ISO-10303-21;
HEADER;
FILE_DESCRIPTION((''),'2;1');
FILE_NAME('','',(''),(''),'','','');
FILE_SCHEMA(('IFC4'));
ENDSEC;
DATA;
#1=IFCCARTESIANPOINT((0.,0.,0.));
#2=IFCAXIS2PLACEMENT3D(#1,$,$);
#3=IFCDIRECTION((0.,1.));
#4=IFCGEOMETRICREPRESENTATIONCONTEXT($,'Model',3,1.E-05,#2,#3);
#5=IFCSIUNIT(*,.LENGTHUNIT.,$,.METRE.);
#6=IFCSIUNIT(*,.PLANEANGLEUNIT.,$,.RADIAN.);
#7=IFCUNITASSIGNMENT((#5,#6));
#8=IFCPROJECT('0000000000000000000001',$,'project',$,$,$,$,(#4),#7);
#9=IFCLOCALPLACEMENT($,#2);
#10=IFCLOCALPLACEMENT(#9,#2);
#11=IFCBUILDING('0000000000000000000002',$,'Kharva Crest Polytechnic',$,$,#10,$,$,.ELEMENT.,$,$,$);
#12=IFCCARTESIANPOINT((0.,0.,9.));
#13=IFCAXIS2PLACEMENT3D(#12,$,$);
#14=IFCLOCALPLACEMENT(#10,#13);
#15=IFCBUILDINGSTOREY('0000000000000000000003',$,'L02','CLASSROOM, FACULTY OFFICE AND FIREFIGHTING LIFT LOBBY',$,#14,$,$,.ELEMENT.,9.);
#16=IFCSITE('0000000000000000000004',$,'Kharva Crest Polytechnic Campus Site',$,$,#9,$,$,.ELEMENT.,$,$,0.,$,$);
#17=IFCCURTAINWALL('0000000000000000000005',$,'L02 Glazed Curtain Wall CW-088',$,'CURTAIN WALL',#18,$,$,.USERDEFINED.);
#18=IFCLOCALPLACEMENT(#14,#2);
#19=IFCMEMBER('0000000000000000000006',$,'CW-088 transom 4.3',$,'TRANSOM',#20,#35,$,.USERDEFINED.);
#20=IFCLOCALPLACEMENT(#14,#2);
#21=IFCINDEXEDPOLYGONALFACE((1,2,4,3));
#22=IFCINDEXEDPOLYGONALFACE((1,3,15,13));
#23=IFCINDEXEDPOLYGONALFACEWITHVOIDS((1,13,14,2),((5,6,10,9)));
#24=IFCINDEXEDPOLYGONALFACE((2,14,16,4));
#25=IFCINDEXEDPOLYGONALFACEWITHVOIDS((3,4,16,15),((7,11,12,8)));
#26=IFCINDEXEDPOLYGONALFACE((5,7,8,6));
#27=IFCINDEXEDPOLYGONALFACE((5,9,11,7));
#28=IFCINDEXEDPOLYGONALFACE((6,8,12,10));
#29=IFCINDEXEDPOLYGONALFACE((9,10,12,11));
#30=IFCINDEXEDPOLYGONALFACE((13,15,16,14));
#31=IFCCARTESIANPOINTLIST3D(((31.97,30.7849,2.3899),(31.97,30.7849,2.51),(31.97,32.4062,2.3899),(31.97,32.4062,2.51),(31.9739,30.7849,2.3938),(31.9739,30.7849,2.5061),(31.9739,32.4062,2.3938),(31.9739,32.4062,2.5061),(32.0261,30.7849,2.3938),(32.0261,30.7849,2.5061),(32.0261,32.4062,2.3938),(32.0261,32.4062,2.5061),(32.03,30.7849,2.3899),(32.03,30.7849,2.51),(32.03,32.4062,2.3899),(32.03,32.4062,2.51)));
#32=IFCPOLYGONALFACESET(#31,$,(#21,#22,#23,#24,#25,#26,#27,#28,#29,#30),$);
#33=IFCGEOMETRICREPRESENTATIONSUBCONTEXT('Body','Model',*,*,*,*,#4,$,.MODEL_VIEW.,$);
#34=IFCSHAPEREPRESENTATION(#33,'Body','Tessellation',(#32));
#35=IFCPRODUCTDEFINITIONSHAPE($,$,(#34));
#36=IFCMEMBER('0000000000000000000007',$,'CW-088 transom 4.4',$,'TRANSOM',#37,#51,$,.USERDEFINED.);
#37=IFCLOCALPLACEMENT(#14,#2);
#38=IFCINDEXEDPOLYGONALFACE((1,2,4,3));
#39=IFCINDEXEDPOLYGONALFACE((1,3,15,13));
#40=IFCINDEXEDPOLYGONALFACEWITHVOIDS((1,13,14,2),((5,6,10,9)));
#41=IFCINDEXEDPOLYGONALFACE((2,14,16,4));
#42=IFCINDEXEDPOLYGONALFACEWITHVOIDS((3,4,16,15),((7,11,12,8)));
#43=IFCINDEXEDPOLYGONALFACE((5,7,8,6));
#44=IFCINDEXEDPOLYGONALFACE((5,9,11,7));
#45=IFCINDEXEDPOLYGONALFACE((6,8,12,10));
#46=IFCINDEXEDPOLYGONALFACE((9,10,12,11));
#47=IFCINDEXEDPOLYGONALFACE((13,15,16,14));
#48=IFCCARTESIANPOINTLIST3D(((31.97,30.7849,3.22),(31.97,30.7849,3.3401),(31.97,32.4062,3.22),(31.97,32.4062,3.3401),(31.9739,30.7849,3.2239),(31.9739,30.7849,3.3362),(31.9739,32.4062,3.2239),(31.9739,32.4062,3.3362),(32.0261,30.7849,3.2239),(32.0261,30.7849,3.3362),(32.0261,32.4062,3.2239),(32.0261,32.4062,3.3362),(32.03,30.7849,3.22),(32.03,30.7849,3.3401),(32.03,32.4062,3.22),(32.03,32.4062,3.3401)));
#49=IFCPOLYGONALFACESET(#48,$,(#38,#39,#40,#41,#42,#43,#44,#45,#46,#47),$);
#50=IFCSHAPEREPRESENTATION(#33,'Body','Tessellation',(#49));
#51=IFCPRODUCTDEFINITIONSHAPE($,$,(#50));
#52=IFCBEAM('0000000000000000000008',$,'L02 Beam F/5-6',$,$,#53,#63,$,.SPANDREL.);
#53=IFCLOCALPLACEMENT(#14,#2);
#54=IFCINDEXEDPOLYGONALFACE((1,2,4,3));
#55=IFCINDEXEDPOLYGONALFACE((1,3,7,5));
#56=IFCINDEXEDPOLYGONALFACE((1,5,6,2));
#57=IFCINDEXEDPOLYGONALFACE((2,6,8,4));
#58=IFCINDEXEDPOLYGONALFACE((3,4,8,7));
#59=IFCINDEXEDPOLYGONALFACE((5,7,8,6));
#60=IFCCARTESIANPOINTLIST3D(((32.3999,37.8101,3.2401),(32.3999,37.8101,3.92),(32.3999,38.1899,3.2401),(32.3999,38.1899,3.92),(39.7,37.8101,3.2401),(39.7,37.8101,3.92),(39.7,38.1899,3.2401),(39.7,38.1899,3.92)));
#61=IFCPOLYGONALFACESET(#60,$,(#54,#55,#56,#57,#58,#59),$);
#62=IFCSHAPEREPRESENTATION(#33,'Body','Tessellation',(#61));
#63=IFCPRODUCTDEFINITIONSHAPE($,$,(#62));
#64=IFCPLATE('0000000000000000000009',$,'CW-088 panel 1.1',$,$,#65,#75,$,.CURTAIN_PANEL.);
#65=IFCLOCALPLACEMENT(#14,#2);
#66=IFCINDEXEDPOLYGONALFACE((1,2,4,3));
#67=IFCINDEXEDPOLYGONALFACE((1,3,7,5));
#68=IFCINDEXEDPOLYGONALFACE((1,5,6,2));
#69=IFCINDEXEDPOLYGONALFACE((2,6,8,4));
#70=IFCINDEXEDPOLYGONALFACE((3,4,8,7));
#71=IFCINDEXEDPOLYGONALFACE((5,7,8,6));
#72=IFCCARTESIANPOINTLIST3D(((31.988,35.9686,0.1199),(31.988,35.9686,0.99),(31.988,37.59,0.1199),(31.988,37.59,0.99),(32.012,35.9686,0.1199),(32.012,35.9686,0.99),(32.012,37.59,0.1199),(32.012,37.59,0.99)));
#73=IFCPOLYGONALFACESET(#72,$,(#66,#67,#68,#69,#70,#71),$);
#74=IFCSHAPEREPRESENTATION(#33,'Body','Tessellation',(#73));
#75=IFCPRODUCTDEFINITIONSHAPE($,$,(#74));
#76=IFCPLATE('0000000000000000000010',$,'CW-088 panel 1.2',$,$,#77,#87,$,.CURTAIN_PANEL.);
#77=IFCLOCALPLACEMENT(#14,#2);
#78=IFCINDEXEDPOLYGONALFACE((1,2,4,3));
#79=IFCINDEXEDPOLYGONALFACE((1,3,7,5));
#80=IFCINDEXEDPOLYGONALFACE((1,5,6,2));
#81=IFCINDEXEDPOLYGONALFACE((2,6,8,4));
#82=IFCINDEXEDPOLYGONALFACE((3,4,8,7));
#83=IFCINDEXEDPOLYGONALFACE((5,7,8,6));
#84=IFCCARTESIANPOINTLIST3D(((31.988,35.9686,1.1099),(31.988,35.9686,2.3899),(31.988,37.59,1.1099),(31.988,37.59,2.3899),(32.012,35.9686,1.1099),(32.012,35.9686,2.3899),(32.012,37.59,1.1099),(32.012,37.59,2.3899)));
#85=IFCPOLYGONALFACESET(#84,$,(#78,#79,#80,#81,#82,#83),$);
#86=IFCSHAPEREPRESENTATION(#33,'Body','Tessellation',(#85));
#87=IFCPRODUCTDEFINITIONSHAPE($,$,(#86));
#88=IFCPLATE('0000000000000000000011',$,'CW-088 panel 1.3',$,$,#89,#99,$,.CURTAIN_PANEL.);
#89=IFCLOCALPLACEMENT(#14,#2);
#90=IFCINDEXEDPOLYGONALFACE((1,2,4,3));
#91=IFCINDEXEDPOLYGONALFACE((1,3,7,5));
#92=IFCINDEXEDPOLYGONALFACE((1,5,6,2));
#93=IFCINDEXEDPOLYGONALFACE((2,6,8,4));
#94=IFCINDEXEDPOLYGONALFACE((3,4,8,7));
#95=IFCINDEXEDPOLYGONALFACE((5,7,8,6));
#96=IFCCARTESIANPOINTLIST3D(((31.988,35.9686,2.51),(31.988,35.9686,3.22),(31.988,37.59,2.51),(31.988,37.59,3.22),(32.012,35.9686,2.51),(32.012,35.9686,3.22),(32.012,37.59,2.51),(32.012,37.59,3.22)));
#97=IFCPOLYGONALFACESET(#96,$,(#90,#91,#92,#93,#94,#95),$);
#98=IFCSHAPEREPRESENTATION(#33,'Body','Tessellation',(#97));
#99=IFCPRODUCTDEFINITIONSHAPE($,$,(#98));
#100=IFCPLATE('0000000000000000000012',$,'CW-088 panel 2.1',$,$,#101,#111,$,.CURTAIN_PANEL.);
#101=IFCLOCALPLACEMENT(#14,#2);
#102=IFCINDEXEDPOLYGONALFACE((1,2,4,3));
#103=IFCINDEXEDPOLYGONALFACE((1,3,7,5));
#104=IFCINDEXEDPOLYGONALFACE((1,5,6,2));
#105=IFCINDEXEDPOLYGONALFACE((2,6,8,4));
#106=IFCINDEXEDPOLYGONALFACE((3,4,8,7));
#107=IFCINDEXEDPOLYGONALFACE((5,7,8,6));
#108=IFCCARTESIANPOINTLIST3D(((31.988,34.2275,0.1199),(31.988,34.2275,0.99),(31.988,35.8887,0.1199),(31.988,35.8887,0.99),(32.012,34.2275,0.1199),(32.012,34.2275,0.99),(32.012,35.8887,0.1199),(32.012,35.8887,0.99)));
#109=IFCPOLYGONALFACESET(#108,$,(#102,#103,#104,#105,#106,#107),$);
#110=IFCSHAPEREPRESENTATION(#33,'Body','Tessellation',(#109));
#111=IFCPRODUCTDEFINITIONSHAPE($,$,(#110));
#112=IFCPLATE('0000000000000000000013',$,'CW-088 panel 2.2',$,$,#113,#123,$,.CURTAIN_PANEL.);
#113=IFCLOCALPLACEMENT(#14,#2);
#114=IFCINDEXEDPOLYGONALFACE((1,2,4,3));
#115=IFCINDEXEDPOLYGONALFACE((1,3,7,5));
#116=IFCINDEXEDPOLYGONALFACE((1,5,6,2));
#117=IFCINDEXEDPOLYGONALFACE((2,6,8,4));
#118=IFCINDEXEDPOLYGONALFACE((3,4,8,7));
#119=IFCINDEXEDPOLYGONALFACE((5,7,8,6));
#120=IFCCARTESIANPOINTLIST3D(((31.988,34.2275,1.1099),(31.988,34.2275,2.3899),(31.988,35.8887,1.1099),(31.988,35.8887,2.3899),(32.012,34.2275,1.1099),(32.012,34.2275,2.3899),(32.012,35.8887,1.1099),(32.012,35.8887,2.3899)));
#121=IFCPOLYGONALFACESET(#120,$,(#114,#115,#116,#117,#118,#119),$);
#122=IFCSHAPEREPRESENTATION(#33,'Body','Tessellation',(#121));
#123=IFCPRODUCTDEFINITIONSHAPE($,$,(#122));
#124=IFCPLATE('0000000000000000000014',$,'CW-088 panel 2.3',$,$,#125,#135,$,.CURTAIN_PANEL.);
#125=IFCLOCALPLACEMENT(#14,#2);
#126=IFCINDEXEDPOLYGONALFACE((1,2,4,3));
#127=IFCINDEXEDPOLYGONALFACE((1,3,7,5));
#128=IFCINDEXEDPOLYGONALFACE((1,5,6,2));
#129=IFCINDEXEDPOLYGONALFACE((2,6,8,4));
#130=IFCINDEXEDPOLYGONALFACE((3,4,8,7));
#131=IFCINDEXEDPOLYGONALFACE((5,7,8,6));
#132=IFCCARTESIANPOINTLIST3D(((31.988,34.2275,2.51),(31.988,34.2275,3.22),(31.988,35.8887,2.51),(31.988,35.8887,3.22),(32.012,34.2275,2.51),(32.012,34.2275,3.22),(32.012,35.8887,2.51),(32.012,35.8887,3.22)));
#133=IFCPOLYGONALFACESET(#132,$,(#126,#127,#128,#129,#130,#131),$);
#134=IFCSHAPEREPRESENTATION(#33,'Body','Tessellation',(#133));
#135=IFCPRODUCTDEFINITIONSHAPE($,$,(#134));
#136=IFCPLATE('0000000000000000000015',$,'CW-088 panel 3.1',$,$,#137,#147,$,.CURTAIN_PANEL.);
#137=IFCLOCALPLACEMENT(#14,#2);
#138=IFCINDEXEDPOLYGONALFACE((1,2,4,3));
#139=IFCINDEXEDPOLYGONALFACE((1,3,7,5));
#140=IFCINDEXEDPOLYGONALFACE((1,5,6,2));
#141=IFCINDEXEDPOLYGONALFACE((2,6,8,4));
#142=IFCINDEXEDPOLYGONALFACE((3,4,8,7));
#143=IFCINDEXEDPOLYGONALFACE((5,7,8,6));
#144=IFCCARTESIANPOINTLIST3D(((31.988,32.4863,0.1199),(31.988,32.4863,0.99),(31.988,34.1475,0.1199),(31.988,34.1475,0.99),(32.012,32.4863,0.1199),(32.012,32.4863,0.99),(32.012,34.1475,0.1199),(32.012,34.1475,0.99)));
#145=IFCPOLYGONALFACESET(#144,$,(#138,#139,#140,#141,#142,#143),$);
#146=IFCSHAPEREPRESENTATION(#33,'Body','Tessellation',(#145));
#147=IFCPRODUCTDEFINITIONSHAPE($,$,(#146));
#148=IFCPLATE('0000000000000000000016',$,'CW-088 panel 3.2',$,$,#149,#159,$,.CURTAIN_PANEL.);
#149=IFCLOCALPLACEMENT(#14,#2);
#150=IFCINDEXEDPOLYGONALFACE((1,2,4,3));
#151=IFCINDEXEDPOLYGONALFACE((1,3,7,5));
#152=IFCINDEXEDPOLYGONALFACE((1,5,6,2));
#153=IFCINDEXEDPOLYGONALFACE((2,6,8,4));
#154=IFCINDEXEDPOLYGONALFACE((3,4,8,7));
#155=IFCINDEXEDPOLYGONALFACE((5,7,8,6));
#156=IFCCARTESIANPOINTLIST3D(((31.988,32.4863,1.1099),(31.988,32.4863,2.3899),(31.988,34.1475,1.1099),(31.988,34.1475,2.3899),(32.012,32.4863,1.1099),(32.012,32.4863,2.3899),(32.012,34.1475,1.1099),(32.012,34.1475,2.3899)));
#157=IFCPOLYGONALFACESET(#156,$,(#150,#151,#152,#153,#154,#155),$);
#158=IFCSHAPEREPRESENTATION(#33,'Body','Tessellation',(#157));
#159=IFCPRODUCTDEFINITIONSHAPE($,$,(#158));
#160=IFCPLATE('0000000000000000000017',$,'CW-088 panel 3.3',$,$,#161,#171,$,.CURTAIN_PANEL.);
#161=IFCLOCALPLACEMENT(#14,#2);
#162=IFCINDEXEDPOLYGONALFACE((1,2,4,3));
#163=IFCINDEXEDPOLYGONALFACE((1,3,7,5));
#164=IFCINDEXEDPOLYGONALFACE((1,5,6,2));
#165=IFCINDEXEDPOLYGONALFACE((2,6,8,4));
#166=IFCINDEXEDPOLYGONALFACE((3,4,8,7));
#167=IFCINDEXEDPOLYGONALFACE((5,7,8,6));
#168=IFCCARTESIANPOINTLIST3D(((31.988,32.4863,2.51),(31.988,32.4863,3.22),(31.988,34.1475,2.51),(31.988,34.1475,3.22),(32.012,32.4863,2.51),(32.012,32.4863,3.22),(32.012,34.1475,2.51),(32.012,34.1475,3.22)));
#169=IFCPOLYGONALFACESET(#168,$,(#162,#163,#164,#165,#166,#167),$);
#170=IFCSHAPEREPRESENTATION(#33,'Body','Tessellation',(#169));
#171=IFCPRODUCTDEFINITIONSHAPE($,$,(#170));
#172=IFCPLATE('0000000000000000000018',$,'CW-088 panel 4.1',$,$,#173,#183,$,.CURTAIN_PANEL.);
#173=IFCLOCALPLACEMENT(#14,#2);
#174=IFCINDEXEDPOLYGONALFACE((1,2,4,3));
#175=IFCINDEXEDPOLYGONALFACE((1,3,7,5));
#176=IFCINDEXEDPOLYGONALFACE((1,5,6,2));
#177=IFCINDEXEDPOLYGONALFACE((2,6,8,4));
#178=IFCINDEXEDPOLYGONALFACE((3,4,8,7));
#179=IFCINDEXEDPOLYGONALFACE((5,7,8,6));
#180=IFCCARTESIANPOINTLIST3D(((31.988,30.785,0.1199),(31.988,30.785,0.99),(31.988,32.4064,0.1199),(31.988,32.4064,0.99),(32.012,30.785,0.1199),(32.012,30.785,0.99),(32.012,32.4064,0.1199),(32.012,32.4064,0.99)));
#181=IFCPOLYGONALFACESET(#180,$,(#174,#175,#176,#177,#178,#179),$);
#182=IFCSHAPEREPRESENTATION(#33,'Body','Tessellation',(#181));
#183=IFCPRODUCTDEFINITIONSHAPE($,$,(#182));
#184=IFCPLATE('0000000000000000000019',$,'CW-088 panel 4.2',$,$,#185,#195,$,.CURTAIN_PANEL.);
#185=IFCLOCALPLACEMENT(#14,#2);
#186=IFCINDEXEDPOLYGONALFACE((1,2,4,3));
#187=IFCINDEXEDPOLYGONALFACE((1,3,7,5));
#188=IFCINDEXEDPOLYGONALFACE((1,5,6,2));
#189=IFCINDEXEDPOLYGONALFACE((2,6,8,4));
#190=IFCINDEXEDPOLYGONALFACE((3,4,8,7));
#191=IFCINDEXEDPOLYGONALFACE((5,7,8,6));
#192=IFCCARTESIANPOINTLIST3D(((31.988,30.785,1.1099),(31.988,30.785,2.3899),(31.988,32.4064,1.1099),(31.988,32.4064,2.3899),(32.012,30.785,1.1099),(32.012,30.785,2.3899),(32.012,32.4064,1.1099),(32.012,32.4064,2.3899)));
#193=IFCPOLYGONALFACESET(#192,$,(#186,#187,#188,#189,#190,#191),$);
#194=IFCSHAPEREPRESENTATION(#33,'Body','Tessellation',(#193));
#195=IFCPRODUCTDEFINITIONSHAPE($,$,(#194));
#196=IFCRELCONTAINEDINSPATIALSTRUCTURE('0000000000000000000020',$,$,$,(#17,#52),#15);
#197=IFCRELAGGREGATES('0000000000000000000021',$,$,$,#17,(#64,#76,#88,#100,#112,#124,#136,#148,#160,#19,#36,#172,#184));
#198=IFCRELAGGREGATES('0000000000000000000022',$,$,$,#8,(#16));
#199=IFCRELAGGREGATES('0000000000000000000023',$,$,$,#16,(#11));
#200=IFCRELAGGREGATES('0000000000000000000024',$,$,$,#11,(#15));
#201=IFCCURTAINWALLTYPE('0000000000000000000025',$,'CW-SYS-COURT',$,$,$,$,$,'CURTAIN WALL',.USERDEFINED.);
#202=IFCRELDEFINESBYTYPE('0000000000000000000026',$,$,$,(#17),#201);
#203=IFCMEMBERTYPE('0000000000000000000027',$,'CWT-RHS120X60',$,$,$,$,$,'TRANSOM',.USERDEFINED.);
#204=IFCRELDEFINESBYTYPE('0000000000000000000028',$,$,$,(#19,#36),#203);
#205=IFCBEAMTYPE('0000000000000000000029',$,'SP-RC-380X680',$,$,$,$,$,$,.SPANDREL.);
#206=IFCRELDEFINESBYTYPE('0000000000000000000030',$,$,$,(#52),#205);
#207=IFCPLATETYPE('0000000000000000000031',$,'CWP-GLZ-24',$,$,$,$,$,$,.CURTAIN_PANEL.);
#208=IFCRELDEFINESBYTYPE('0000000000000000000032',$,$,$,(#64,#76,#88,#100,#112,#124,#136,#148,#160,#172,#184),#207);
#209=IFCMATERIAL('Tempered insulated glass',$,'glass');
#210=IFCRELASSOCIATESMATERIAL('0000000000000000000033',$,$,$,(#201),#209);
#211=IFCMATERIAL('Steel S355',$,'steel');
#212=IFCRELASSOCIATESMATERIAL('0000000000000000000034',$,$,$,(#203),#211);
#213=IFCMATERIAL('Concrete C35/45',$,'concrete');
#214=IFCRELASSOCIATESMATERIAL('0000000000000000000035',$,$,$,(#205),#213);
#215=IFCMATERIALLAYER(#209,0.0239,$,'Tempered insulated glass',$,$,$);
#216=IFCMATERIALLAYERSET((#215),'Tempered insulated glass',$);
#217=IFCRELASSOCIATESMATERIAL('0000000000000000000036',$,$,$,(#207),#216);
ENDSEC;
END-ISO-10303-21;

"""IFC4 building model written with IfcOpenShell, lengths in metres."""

from ifc_helpers import new_model, si_unit, direction, frame, origin, origin_2d, place, context, subcontext, project, spatial, rectangle, hollow_rectangle, extrude, material, layer, layer_set, material_profile, profile_set, type_object, element, aggregate, save


model = new_model("IFC4")

# Units and contexts
model_context = context("Model", 3, precision=1e-05, world=origin(), true_north=direction((0.0, 1.0)))
body_context = subcontext(model_context, "Body", "Model", "MODEL_VIEW")
ifc_project = project(units=[si_unit("LENGTHUNIT", "METRE"), si_unit("PLANEANGLEUNIT", "RADIAN")], contexts=[model_context])

# Site, building, storey
site_placement = place(None, origin())
site = spatial("IfcSite", under=ifc_project, at=site_placement, Name="Kharva Crest Polytechnic Campus Site", CompositionType="ELEMENT", RefElevation=0.0)
building_placement = place(site_placement, origin())
building = spatial("IfcBuilding", under=site, at=building_placement, Name="Kharva Crest Polytechnic", CompositionType="ELEMENT")
storey_placement = place(building_placement, frame((0.0, 0.0, 9.0)))
storey = spatial("IfcBuildingStorey", under=building, at=storey_placement, Name="L02", Description="CLASSROOM, FACULTY OFFICE AND FIREFIGHTING LIFT LOBBY", CompositionType="ELEMENT", Elevation=9.0)

# Shared definitions
ifc_material_1 = material(Name="Concrete C35/45", Category="concrete")

# Shared definitions
ifc_material_2 = material(Name="Tempered insulated glass", Category="glass")
curtain_wall_type = type_object("IfcCurtainWallType", Name="CW-SYS-COURT", ElementType="CURTAIN WALL", PredefinedType="USERDEFINED", material=ifc_material_2)
ifc_material_3 = material(Name="Steel S355", Category="steel")

# Curtain wall, members
curtain_wall_1_placement = place(storey_placement, origin())
curtain_wall_1 = element("IfcCurtainWall", 1, at=curtain_wall_1_placement, inside=storey, type_object=curtain_wall_type, Name="L02 Glazed Curtain Wall CW-088", ObjectType="CURTAIN WALL", PredefinedType="USERDEFINED")
ifc_material_profile_1 = material_profile(ifc_material_3, hollow_rectangle(XDim=0.0601, YDim=0.1201, WallThickness=0.0039, at=origin_2d()), Name="RHS 120X60X4.0")
ifc_profile_set_1 = profile_set([ifc_material_profile_1], Name="Steel S355")
member_type_1 = type_object("IfcMemberType", Name="CWT-RHS120X60", ElementType="TRANSOM", PredefinedType="USERDEFINED", material=ifc_profile_set_1)
member_1_placement = place(storey_placement, frame((32.0, 32.4062, 2.45), z_axis=(0.0, -1.0, 0.0), x_axis=(1.0, 0.0, 0.0)))
member_1 = element("IfcMember", 2, at=member_1_placement, type_object=member_type_1, Name="CW-088 transom 4.3", ObjectType="TRANSOM", PredefinedType="USERDEFINED", context=body_context, shape_type="SweptSolid", body=[
    extrude(hollow_rectangle(XDim=0.0601, YDim=0.1201, WallThickness=0.0039, at=origin_2d()), origin(), (0.0, 0.0, 1.0), 1.6213),
])
member_2_placement = place(storey_placement, frame((32.0, 32.4062, 3.28), z_axis=(0.0, -1.0, 0.0), x_axis=(1.0, 0.0, 0.0)))
member_2 = element("IfcMember", 3, at=member_2_placement, type_object=member_type_1, Name="CW-088 transom 4.4", ObjectType="TRANSOM", PredefinedType="USERDEFINED", context=body_context, shape_type="SweptSolid", body=[
    extrude(hollow_rectangle(XDim=0.0601, YDim=0.1201, WallThickness=0.0039, at=origin_2d()), origin(), (0.0, 0.0, 1.0), 1.6213),
])

# Beam
ifc_material_profile_2 = material_profile(ifc_material_1, rectangle(XDim=0.3799, YDim=0.6799, at=origin_2d()), Name="RECT 380 X 680")
ifc_profile_set_2 = profile_set([ifc_material_profile_2], Name="Concrete C35/45")
beam_type_1 = type_object("IfcBeamType", Name="SP-RC-380X680", PredefinedType="SPANDREL", material=ifc_profile_set_2)
beam_1_placement = place(storey_placement, frame((32.3999, 38.0, 3.5801), z_axis=(1.0, 0.0, 0.0), x_axis=(0.0, 1.0, 0.0)))
element("IfcBeam", 4, at=beam_1_placement, inside=storey, type_object=beam_type_1, Name="L02 Beam F/5-6", PredefinedType="SPANDREL", context=body_context, shape_type="SweptSolid", body=[
    extrude(rectangle(XDim=0.3799, YDim=0.6799, at=origin_2d()), origin(), (0.0, 0.0, 1.0), 7.3),
])

# Plates
ifc_layer_1 = layer(ifc_material_2, 0.0239, Name="Tempered insulated glass")
ifc_layer_set_1 = layer_set([ifc_layer_1], Name="Tempered insulated glass")
plate_type = type_object("IfcPlateType", Name="CWP-GLZ-24", PredefinedType="CURTAIN_PANEL", material=ifc_layer_set_1)
plate_1_placement = place(storey_placement, frame((32.0, 36.7793, 0.1199), z_axis=(0.0, 0.0, 1.0), x_axis=(0.0, -1.0, 0.0)))
plate_1 = element("IfcPlate", 5, at=plate_1_placement, type_object=plate_type, Name="CW-088 panel 1.1", PredefinedType="CURTAIN_PANEL", context=body_context, shape_type="SweptSolid", body=[
    extrude(rectangle(XDim=1.6213, YDim=0.0239, at=origin_2d()), origin(), (0.0, 0.0, 1.0), 0.8701),
])
plate_2_placement = place(storey_placement, frame((32.0, 36.7793, 1.1099), z_axis=(0.0, 0.0, 1.0), x_axis=(0.0, -1.0, 0.0)))
plate_2 = element("IfcPlate", 6, at=plate_2_placement, type_object=plate_type, Name="CW-088 panel 1.2", PredefinedType="CURTAIN_PANEL", context=body_context, shape_type="SweptSolid", body=[
    extrude(rectangle(XDim=1.6213, YDim=0.0239, at=origin_2d()), origin(), (0.0, 0.0, 1.0), 1.28),
])
plate_3_placement = place(storey_placement, frame((32.0, 36.7793, 2.51), z_axis=(0.0, 0.0, 1.0), x_axis=(0.0, -1.0, 0.0)))
plate_3 = element("IfcPlate", 7, at=plate_3_placement, type_object=plate_type, Name="CW-088 panel 1.3", PredefinedType="CURTAIN_PANEL", context=body_context, shape_type="SweptSolid", body=[
    extrude(rectangle(XDim=1.6213, YDim=0.0239, at=origin_2d()), origin(), (0.0, 0.0, 1.0), 0.71),
])
plate_4_placement = place(storey_placement, frame((32.0, 35.0581, 0.1199), z_axis=(0.0, 0.0, 1.0), x_axis=(0.0, -1.0, 0.0)))
plate_4 = element("IfcPlate", 8, at=plate_4_placement, type_object=plate_type, Name="CW-088 panel 2.1", PredefinedType="CURTAIN_PANEL", context=body_context, shape_type="SweptSolid", body=[
    extrude(rectangle(XDim=1.6611, YDim=0.0239, at=origin_2d()), origin(), (0.0, 0.0, 1.0), 0.8701),
])
plate_5_placement = place(storey_placement, frame((32.0, 35.0581, 1.1099), z_axis=(0.0, 0.0, 1.0), x_axis=(0.0, -1.0, 0.0)))
plate_5 = element("IfcPlate", 9, at=plate_5_placement, type_object=plate_type, Name="CW-088 panel 2.2", PredefinedType="CURTAIN_PANEL", context=body_context, shape_type="SweptSolid", body=[
    extrude(rectangle(XDim=1.6611, YDim=0.0239, at=origin_2d()), origin(), (0.0, 0.0, 1.0), 1.28),
])
plate_6_placement = place(storey_placement, frame((32.0, 35.0581, 2.51), z_axis=(0.0, 0.0, 1.0), x_axis=(0.0, -1.0, 0.0)))
plate_6 = element("IfcPlate", 10, at=plate_6_placement, type_object=plate_type, Name="CW-088 panel 2.3", PredefinedType="CURTAIN_PANEL", context=body_context, shape_type="SweptSolid", body=[
    extrude(rectangle(XDim=1.6611, YDim=0.0239, at=origin_2d()), origin(), (0.0, 0.0, 1.0), 0.71),
])
plate_7_placement = place(storey_placement, frame((32.0, 33.3169, 0.1199), z_axis=(0.0, 0.0, 1.0), x_axis=(0.0, -1.0, 0.0)))
plate_7 = element("IfcPlate", 11, at=plate_7_placement, type_object=plate_type, Name="CW-088 panel 3.1", PredefinedType="CURTAIN_PANEL", context=body_context, shape_type="SweptSolid", body=[
    extrude(rectangle(XDim=1.6611, YDim=0.0239, at=origin_2d()), origin(), (0.0, 0.0, 1.0), 0.8701),
])
plate_8_placement = place(storey_placement, frame((32.0, 33.3169, 1.1099), z_axis=(0.0, 0.0, 1.0), x_axis=(0.0, -1.0, 0.0)))
plate_8 = element("IfcPlate", 12, at=plate_8_placement, type_object=plate_type, Name="CW-088 panel 3.2", PredefinedType="CURTAIN_PANEL", context=body_context, shape_type="SweptSolid", body=[
    extrude(rectangle(XDim=1.6611, YDim=0.0239, at=origin_2d()), origin(), (0.0, 0.0, 1.0), 1.28),
])
plate_9_placement = place(storey_placement, frame((32.0, 33.3169, 2.51), z_axis=(0.0, 0.0, 1.0), x_axis=(0.0, -1.0, 0.0)))
plate_9 = element("IfcPlate", 13, at=plate_9_placement, type_object=plate_type, Name="CW-088 panel 3.3", PredefinedType="CURTAIN_PANEL", context=body_context, shape_type="SweptSolid", body=[
    extrude(rectangle(XDim=1.6611, YDim=0.0239, at=origin_2d()), origin(), (0.0, 0.0, 1.0), 0.71),
])
plate_10_placement = place(storey_placement, frame((32.0, 31.5957, 0.1199), z_axis=(0.0, 0.0, 1.0), x_axis=(0.0, -1.0, 0.0)))
plate_10 = element("IfcPlate", 14, at=plate_10_placement, type_object=plate_type, Name="CW-088 panel 4.1", PredefinedType="CURTAIN_PANEL", context=body_context, shape_type="SweptSolid", body=[
    extrude(rectangle(XDim=1.6213, YDim=0.0239, at=origin_2d()), origin(), (0.0, 0.0, 1.0), 0.8701),
])
plate_11_placement = place(storey_placement, frame((32.0, 31.5957, 1.1099), z_axis=(0.0, 0.0, 1.0), x_axis=(0.0, -1.0, 0.0)))
plate_11 = element("IfcPlate", 15, at=plate_11_placement, type_object=plate_type, Name="CW-088 panel 4.2", PredefinedType="CURTAIN_PANEL", context=body_context, shape_type="SweptSolid", body=[
    extrude(rectangle(XDim=1.6213, YDim=0.0239, at=origin_2d()), origin(), (0.0, 0.0, 1.0), 1.28),
])
aggregate(curtain_wall_1, [plate_1, plate_2, plate_3, plate_4, plate_5, plate_6, plate_7, plate_8, plate_9, member_1, member_2, plate_10, plate_11])

save(model, "model.ifc")
